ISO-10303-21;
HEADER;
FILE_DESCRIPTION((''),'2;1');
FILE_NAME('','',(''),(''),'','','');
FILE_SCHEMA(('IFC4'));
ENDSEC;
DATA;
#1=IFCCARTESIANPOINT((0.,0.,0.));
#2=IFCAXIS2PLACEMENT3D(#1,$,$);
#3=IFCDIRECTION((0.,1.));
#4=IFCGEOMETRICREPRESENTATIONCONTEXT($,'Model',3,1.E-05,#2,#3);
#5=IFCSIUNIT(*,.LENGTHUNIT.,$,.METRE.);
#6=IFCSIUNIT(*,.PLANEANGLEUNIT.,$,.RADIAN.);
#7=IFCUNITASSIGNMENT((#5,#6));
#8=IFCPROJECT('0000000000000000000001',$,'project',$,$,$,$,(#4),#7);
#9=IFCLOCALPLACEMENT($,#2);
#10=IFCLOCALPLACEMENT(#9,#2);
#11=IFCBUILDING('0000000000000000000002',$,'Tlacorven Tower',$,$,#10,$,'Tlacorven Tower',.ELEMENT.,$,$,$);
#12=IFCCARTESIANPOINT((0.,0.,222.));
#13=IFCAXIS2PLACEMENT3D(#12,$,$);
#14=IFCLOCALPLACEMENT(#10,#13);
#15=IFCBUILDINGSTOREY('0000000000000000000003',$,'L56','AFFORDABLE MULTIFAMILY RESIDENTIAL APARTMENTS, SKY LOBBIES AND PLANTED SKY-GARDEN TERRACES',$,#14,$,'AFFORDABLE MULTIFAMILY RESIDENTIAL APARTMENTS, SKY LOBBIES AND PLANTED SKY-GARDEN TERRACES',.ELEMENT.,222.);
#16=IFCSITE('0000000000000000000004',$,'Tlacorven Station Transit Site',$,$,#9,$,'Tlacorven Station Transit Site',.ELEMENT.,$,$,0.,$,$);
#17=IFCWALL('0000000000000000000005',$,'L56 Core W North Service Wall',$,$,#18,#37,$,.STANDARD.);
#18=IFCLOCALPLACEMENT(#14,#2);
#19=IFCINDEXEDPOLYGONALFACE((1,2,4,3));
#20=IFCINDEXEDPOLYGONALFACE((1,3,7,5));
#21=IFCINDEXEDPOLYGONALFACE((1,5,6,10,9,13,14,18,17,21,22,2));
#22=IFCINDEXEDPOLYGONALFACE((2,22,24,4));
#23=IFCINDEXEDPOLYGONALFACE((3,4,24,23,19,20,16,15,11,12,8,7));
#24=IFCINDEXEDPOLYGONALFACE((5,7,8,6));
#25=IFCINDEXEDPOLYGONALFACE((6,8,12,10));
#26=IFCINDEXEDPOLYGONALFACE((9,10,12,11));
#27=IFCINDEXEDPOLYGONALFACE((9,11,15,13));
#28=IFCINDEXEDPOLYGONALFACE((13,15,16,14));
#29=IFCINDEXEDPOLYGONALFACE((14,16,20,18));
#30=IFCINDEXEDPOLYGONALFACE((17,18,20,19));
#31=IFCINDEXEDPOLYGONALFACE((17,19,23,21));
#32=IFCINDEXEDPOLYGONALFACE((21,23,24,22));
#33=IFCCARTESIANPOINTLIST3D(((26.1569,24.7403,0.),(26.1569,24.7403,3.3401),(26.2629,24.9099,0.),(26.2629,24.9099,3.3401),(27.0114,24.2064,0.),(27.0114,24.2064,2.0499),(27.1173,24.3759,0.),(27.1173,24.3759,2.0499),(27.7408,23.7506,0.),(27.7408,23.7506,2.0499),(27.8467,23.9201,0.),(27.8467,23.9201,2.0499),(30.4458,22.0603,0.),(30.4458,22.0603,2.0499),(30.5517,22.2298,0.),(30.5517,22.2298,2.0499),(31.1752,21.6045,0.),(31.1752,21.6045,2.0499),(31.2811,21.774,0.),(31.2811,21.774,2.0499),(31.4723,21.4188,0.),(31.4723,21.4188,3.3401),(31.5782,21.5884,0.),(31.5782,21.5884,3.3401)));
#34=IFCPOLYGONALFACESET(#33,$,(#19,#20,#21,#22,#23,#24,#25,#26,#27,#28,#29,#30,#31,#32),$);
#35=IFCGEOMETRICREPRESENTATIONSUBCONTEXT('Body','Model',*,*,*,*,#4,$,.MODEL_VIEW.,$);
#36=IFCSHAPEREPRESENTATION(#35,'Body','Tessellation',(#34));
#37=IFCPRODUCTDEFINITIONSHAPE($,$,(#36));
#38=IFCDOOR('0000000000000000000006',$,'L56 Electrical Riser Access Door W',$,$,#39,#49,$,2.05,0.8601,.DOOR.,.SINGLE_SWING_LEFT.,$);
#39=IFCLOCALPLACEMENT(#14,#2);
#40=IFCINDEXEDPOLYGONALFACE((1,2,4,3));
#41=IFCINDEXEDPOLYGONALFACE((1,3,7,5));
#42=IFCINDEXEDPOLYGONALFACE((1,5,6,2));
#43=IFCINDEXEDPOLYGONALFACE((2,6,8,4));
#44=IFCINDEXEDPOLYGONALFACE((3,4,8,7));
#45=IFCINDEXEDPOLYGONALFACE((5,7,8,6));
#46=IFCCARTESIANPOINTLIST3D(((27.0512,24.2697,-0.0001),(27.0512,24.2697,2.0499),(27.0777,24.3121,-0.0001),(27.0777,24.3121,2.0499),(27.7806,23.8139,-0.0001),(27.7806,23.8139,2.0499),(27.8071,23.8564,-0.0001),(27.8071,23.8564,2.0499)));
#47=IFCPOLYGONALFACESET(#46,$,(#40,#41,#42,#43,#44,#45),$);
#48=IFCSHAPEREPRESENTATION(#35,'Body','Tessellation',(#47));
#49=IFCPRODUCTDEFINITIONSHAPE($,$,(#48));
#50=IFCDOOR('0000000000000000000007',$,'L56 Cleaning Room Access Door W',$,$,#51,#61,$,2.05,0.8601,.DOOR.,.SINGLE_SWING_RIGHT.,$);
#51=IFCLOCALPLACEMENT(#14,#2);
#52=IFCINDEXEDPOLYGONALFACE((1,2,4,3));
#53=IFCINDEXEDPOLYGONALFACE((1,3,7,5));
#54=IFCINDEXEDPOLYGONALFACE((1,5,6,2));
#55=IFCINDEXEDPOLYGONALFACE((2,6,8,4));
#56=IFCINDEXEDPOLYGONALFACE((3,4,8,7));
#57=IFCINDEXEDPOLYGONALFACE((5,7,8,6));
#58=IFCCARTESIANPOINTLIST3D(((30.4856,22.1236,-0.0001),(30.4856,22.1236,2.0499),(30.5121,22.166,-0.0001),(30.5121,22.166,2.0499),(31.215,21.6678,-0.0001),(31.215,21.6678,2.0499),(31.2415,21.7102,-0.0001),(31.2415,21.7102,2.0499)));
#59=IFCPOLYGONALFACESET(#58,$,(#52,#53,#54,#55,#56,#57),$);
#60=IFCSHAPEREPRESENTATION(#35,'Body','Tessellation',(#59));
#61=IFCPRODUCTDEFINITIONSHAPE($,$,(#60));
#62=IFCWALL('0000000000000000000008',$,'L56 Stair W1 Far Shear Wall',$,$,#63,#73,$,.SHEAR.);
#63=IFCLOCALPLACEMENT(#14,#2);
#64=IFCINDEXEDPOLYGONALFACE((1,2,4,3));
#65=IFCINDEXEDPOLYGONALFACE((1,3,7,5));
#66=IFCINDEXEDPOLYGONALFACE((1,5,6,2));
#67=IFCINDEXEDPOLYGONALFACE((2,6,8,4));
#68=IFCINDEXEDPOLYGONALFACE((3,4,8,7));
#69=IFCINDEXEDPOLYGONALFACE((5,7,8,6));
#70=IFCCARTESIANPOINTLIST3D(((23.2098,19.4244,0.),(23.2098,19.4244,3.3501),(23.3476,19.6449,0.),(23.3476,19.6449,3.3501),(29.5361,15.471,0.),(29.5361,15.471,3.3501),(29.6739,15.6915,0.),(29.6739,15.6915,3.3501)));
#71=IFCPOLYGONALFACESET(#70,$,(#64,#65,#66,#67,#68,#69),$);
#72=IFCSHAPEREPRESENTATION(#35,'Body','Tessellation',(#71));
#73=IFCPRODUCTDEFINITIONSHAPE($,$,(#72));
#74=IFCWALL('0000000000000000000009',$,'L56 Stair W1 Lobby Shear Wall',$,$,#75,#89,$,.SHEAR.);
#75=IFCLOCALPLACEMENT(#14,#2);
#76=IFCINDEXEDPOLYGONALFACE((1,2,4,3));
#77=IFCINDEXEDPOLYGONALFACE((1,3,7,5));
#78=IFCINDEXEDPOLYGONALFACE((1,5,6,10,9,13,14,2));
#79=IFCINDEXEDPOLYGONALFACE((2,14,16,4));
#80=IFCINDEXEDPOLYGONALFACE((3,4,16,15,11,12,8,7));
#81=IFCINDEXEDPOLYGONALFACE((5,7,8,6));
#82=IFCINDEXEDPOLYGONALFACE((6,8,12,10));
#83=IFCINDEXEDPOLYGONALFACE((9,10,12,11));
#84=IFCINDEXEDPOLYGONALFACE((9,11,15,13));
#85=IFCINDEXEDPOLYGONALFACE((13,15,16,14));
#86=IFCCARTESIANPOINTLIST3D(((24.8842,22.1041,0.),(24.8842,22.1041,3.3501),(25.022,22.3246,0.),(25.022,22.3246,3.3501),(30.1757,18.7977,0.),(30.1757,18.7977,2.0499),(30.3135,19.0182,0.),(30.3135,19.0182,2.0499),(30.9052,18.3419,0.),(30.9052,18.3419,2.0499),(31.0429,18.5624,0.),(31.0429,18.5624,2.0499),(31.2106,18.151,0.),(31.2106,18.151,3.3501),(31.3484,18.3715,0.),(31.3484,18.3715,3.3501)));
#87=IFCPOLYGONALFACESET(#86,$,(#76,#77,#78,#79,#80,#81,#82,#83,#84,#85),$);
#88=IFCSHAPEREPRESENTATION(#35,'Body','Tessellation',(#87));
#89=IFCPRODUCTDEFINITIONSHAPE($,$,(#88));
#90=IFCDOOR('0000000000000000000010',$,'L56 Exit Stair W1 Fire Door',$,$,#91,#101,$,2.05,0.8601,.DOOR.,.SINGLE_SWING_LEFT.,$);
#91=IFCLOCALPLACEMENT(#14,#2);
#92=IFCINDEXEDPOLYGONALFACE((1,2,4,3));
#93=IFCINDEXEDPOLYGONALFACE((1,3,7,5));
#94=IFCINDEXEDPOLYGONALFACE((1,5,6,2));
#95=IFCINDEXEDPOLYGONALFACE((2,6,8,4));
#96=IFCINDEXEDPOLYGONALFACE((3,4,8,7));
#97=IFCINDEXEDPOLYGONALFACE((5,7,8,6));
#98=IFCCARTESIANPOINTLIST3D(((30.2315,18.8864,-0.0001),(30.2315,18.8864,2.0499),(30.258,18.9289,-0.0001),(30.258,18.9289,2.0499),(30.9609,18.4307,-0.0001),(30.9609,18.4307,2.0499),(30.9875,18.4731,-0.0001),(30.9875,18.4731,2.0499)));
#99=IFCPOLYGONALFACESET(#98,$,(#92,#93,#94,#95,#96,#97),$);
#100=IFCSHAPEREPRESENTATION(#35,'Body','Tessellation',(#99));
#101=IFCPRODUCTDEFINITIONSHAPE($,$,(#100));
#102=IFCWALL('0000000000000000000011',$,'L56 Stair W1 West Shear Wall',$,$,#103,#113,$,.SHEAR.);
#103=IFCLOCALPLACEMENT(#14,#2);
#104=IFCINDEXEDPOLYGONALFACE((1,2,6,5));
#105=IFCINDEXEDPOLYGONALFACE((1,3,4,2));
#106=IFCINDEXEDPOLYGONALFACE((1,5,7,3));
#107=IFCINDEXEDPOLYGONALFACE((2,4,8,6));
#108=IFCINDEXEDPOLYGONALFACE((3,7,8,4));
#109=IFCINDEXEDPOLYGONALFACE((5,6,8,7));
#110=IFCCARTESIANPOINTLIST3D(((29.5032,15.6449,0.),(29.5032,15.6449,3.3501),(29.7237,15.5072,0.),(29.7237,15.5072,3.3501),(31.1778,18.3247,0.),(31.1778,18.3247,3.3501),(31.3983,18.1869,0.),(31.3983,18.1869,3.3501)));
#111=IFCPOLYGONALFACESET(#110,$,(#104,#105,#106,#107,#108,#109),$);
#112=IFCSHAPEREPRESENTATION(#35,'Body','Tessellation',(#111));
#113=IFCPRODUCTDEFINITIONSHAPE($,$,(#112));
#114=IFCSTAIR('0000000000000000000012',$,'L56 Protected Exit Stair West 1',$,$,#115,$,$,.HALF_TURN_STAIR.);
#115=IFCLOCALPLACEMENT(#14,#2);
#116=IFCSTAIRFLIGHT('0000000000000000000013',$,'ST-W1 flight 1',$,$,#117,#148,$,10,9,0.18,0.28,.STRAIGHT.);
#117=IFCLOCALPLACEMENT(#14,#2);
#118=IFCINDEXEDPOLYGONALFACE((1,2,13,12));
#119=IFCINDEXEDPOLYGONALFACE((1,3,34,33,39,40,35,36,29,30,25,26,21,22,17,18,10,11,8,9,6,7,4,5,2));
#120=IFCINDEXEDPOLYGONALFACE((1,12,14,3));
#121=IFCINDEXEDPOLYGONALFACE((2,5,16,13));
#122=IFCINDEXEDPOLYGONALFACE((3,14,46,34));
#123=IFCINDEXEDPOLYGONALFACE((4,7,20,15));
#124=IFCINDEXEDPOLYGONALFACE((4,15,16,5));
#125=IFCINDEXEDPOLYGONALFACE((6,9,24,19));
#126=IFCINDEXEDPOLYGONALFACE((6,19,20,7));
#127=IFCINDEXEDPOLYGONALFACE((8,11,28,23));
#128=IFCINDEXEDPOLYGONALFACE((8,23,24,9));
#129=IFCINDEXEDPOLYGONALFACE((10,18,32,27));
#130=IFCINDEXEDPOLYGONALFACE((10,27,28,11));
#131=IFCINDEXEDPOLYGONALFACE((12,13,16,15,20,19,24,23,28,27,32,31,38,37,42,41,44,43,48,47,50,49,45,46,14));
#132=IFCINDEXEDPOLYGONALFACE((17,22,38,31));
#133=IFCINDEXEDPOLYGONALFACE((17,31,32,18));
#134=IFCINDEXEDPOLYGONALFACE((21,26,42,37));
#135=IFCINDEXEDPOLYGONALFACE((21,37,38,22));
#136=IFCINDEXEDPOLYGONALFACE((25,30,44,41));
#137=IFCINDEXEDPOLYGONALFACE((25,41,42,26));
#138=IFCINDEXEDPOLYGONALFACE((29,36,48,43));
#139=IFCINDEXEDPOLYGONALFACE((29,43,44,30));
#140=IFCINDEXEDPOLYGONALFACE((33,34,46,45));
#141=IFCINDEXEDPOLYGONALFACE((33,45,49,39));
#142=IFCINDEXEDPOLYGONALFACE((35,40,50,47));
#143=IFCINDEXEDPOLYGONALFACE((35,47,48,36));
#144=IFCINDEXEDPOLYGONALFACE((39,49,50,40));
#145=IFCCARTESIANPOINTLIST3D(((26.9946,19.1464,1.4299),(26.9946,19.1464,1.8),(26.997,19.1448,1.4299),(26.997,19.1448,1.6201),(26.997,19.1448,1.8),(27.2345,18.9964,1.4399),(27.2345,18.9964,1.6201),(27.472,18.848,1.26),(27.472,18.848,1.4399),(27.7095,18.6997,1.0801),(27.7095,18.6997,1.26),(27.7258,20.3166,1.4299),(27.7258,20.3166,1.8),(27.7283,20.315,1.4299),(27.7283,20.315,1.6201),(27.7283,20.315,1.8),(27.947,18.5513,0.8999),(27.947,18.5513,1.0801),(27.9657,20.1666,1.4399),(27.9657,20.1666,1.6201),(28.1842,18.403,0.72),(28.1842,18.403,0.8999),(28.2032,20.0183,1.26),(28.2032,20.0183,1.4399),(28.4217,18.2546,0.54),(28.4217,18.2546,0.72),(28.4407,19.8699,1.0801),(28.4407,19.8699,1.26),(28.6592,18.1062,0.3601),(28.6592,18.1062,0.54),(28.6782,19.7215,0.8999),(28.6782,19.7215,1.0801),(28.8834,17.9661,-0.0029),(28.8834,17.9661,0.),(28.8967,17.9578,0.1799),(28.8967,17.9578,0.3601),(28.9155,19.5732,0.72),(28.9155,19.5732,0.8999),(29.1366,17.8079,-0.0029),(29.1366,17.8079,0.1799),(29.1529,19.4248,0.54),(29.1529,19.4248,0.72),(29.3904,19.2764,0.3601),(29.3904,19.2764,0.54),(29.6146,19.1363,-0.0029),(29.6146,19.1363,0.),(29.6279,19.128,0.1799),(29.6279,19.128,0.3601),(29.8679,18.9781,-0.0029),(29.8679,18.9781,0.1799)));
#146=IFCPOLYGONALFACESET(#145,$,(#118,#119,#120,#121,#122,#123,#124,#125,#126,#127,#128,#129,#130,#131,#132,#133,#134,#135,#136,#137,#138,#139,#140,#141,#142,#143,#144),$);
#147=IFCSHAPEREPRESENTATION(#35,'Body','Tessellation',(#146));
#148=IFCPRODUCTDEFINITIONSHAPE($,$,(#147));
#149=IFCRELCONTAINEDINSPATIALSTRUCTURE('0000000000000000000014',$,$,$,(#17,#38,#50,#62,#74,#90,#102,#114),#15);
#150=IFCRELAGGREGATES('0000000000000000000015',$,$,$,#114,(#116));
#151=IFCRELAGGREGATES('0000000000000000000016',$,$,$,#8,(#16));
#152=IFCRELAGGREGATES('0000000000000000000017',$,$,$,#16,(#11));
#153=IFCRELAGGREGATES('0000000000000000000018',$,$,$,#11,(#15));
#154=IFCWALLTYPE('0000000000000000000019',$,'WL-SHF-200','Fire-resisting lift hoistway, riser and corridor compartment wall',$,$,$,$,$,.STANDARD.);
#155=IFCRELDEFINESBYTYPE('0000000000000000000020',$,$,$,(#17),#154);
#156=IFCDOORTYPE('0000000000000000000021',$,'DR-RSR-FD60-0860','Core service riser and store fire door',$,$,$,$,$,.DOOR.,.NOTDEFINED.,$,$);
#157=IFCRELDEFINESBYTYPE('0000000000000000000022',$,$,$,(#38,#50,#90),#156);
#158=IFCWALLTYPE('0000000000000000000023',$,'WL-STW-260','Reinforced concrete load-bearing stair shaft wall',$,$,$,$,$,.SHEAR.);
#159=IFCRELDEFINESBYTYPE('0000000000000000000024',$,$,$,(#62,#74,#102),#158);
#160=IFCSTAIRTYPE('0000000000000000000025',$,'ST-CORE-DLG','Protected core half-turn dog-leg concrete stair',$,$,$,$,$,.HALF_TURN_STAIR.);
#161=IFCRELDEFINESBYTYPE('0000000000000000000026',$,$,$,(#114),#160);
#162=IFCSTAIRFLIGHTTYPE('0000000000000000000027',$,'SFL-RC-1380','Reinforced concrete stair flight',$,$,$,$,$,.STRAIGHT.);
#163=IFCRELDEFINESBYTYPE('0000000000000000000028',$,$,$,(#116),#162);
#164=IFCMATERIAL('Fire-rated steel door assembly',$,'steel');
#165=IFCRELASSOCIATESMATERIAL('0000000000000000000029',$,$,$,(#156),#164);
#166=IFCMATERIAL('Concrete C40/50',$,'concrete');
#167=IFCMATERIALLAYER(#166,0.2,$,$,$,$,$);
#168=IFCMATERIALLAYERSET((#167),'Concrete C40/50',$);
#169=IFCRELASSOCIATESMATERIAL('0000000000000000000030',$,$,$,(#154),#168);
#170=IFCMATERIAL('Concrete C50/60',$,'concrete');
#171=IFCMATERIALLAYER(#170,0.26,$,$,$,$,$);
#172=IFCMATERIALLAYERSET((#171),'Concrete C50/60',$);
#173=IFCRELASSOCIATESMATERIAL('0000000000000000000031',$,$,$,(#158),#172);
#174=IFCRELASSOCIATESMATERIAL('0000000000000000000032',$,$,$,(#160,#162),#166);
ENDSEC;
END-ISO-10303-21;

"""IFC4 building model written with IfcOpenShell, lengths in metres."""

from ifc_helpers import new_model, si_unit, direction, frame, frame_2d, origin, place, context, subcontext, project, spatial, polyline, rectangle, outline, extrude, source, transform, mapped, material, layer, layer_set, type_object, element, fill, aggregate, save


model = new_model("IFC4")

# Units and contexts
model_context = context("Model", 3, precision=1e-05, world=origin(), true_north=direction((0.0, 1.0)))
body_context = subcontext(model_context, "Body", "Model", "MODEL_VIEW")
ifc_project = project(units=[si_unit("LENGTHUNIT", "METRE"), si_unit("PLANEANGLEUNIT", "RADIAN")], contexts=[model_context])

# Site, building, storey
site_placement = place(None, origin())
site = spatial("IfcSite", under=ifc_project, at=site_placement, Name="Tlacorven Station Transit Site", LongName="Tlacorven Station Transit Site", CompositionType="ELEMENT", RefElevation=0.0)
building_placement = place(site_placement, origin())
building = spatial("IfcBuilding", under=site, at=building_placement, Name="Tlacorven Tower", LongName="Tlacorven Tower", CompositionType="ELEMENT")
storey_placement = place(building_placement, frame((0.0, 0.0, 222.0)))
storey = spatial("IfcBuildingStorey", under=building, at=storey_placement, Name="L56", Description="AFFORDABLE MULTIFAMILY RESIDENTIAL APARTMENTS, SKY LOBBIES AND PLANTED SKY-GARDEN TERRACES", LongName="AFFORDABLE MULTIFAMILY RESIDENTIAL APARTMENTS, SKY LOBBIES AND PLANTED SKY-GARDEN TERRACES", CompositionType="ELEMENT", Elevation=222.0)

# Shared definitions
ifc_material_1 = material(Name="Fire-rated steel door assembly", Category="steel")
door_type_1 = type_object("IfcDoorType", Name="DR-RSR-FD60-0860", Description="Core service riser and store fire door", OperationType="NOTDEFINED", PredefinedType="DOOR", material=ifc_material_1)
shared_shape_1 = source(origin(), body_context, "Body", "SweptSolid", [
    extrude(rectangle(XDim=0.8601, YDim=2.05, at=frame_2d((0.4302, 1.0249))), frame((0.0, 0.0249, 0.0), z_axis=(0.0, -1.0, 0.0), x_axis=(1.0, 0.0, 0.0)), (0.0, 0.0, 1.0), 0.05),
])

# Shared definitions
ifc_material_2 = material(Name="Concrete C40/50", Category="concrete")
ifc_layer_1 = layer(ifc_material_2, 0.2)
ifc_layer_set_1 = layer_set([ifc_layer_1], Name="Concrete C40/50")
wall_type_1 = type_object("IfcWallType", Name="WL-SHF-200", Description="Fire-resisting lift hoistway, riser and corridor compartment wall", PredefinedType="STANDARD", material=ifc_layer_set_1)

# Wall, openings, doors
wall_1_placement = place(storey_placement, frame((31.5251, 21.5037, 0.0), z_axis=(0.0, 0.0, 1.0), x_axis=(-0.848042, 0.529929, 0.0)))
wall_1 = element("IfcWall", 1, at=wall_1_placement, inside=storey, type_object=wall_type_1, Name="L56 Core W North Service Wall", PredefinedType="STANDARD", context=body_context, shape_type="SweptSolid", body=[
    extrude(rectangle(XDim=6.2678, YDim=0.2, at=frame_2d((3.1338, 0.0))), origin(), (0.0, 0.0, 1.0), 3.3401),
])
opening_1_placement = place(wall_1_placement, frame((4.3999, 0.0, 0.0)))
opening_1 = element("IfcOpeningElement", 2, at=opening_1_placement, cuts=wall_1, PredefinedType="OPENING", context=body_context, shape_type="SweptSolid", body=[
    extrude(rectangle(XDim=0.8601, YDim=2.05, at=frame_2d((0.4302, 1.0249))), frame((0.0, 0.1099, 0.0), z_axis=(0.0, -1.0, 0.0), x_axis=(1.0, 0.0, 0.0)), (0.0, 0.0, 1.0), 0.22),
])
opening_2_placement = place(wall_1_placement, frame((0.3501, 0.0, 0.0)))
opening_2 = element("IfcOpeningElement", 3, at=opening_2_placement, cuts=wall_1, PredefinedType="OPENING", context=body_context, shape_type="SweptSolid", body=[
    extrude(rectangle(XDim=0.8601, YDim=2.05, at=frame_2d((0.4302, 1.0249))), frame((0.0, 0.1099, 0.0), z_axis=(0.0, -1.0, 0.0), x_axis=(1.0, 0.0, 0.0)), (0.0, 0.0, 1.0), 0.22),
])
door_1_placement = place(opening_1_placement, frame((0.8601, 0.0, 0.0), z_axis=(0.0, 0.0, 1.0), x_axis=(-1.0, 0.0, 0.0)))
door_1 = element("IfcDoor", 4, at=door_1_placement, inside=storey, type_object=door_type_1, Name="L56 Electrical Riser Access Door W", OperationType="SINGLE_SWING_LEFT", OverallHeight=2.05, OverallWidth=0.8601, PredefinedType="DOOR", context=body_context, shape_type="MappedRepresentation", body=[
    mapped(shared_shape_1, transform((0.0, 0.0, 0.0), scale=1.0)),
])
fill(opening_1, door_1)
door_2_placement = place(opening_2_placement, frame((0.8601, 0.0, 0.0), z_axis=(0.0, 0.0, 1.0), x_axis=(-1.0, 0.0, 0.0)))
door_2 = element("IfcDoor", 5, at=door_2_placement, inside=storey, type_object=door_type_1, Name="L56 Cleaning Room Access Door W", OperationType="SINGLE_SWING_RIGHT", OverallHeight=2.05, OverallWidth=0.8601, PredefinedType="DOOR", context=body_context, shape_type="MappedRepresentation", body=[
    mapped(shared_shape_1, transform((0.0, 0.0, 0.0), scale=1.0)),
])
fill(opening_2, door_2)

# Wall
ifc_material_3 = material(Name="Concrete C50/60", Category="concrete")
ifc_layer_2 = layer(ifc_material_3, 0.26)
ifc_layer_set_2 = layer_set([ifc_layer_2], Name="Concrete C50/60")
wall_type_2 = type_object("IfcWallType", Name="WL-STW-260", Description="Reinforced concrete load-bearing stair shaft wall", PredefinedType="SHEAR", material=ifc_layer_set_2)
wall_2_placement = place(storey_placement, frame((29.605, 15.5813, 0.0), z_axis=(0.0, 0.0, 1.0), x_axis=(-0.848037, 0.529937, 0.0)))
element("IfcWall", 6, at=wall_2_placement, inside=storey, type_object=wall_type_2, Name="L56 Stair W1 Far Shear Wall", PredefinedType="SHEAR", context=body_context, shape_type="SweptSolid", body=[
    extrude(rectangle(XDim=7.46, YDim=0.26, at=frame_2d((3.73, 0.0))), origin(), (0.0, 0.0, 1.0), 3.3501),
])

# Wall, opening, door
wall_3_placement = place(storey_placement, frame((31.2795, 18.2612, 0.0), z_axis=(0.0, 0.0, 1.0), x_axis=(-0.848052, 0.529914, 0.0)))
wall_3 = element("IfcWall", 7, at=wall_3_placement, inside=storey, type_object=wall_type_2, Name="L56 Stair W1 Lobby Shear Wall", PredefinedType="SHEAR", context=body_context, shape_type="SweptSolid", body=[
    extrude(rectangle(XDim=7.46, YDim=0.26, at=frame_2d((3.73, 0.0))), origin(), (0.0, 0.0, 1.0), 3.3501),
])
opening_3_placement = place(wall_3_placement, frame((0.3601, 0.0, 0.0)))
opening_3 = element("IfcOpeningElement", 8, at=opening_3_placement, cuts=wall_3, PredefinedType="OPENING", context=body_context, shape_type="SweptSolid", body=[
    extrude(rectangle(XDim=0.8601, YDim=2.05, at=frame_2d((0.4302, 1.0249))), frame((0.0, 0.1401, 0.0), z_axis=(0.0, -1.0, 0.0), x_axis=(1.0, 0.0, 0.0)), (0.0, 0.0, 1.0), 0.28),
])
door_3_placement = place(opening_3_placement, frame((0.8601, 0.0, 0.0), z_axis=(0.0, 0.0, 1.0), x_axis=(-1.0, 0.0, 0.0)))
door_3 = element("IfcDoor", 9, at=door_3_placement, inside=storey, type_object=door_type_1, Name="L56 Exit Stair W1 Fire Door", OperationType="SINGLE_SWING_LEFT", OverallHeight=2.05, OverallWidth=0.8601, PredefinedType="DOOR", context=body_context, shape_type="MappedRepresentation", body=[
    mapped(shared_shape_1, transform((0.0, 0.0, 0.0), scale=1.0)),
])
fill(opening_3, door_3)

# Wall
wall_4_placement = place(storey_placement, frame((31.2881, 18.2559, 0.0), z_axis=(0.0, 0.0, 1.0), x_axis=(-0.529943, -0.848033, 0.0)))
element("IfcWall", 10, at=wall_4_placement, inside=storey, type_object=wall_type_2, Name="L56 Stair W1 West Shear Wall", PredefinedType="SHEAR", context=body_context, shape_type="SweptSolid", body=[
    extrude(rectangle(XDim=3.1599, YDim=0.26, at=frame_2d((1.5801, 0.0))), origin(), (0.0, 0.0, 1.0), 3.3501),
])

# Stair, stair flight
stair_type = type_object("IfcStairType", Name="ST-CORE-DLG", Description="Protected core half-turn dog-leg concrete stair", PredefinedType="HALF_TURN_STAIR", material=ifc_material_2)
stair_placement = place(storey_placement, origin())
stair = element("IfcStair", 11, at=stair_placement, inside=storey, type_object=stair_type, Name="L56 Protected Exit Stair West 1", PredefinedType="HALF_TURN_STAIR")
stair_flight_type = type_object("IfcStairFlightType", Name="SFL-RC-1380", Description="Reinforced concrete stair flight", PredefinedType="STRAIGHT", material=ifc_material_2)
shared_shape_2 = source(origin(), body_context, "Body", "SweptSolid", [
    extrude(outline(polyline([(-0.0029, -0.0029), (-0.0029, 0.1799), (0.28, 0.1799), (0.28, 0.3601), (0.5601, 0.3601), (0.5601, 0.54), (0.8401, 0.54), (0.8401, 0.72), (1.1201, 0.72), (1.1201, 0.8999), (1.3999, 0.8999), (1.3999, 1.0801), (1.6799, 1.0801), (1.6799, 1.26), (1.96, 1.26), (1.96, 1.4399), (2.24, 1.4399), (2.24, 1.6201), (2.52, 1.6201), (2.52, 1.8), (2.5229, 1.8), (2.5229, 1.4299), (2.52, 1.4299), (0.2957, 0.0), (0.2957, -0.0029), (-0.0029, -0.0029)])), frame((0.0, 0.6899, 0.0), z_axis=(0.0, -1.0, 0.0), x_axis=(1.0, 0.0, 0.0)), (0.0, 0.0, 1.0), 1.3799),
])
stair_flight_1_placement = place(storey_placement, frame((29.4998, 18.3945, 0.0), z_axis=(0.0, 0.0, 1.0), x_axis=(-0.848048, 0.529919, 0.0)))
stair_flight_1 = element("IfcStairFlight", 12, at=stair_flight_1_placement, type_object=stair_flight_type, Name="ST-W1 flight 1", NumberOfRisers=10, NumberOfTreads=9, PredefinedType="STRAIGHT", RiserHeight=0.18, TreadLength=0.28, context=body_context, shape_type="MappedRepresentation", body=[
    mapped(shared_shape_2, transform((0.0, 0.0, 0.0), scale=1.0)),
])
aggregate(stair, [stair_flight_1])

save(model, "model.ifc")
